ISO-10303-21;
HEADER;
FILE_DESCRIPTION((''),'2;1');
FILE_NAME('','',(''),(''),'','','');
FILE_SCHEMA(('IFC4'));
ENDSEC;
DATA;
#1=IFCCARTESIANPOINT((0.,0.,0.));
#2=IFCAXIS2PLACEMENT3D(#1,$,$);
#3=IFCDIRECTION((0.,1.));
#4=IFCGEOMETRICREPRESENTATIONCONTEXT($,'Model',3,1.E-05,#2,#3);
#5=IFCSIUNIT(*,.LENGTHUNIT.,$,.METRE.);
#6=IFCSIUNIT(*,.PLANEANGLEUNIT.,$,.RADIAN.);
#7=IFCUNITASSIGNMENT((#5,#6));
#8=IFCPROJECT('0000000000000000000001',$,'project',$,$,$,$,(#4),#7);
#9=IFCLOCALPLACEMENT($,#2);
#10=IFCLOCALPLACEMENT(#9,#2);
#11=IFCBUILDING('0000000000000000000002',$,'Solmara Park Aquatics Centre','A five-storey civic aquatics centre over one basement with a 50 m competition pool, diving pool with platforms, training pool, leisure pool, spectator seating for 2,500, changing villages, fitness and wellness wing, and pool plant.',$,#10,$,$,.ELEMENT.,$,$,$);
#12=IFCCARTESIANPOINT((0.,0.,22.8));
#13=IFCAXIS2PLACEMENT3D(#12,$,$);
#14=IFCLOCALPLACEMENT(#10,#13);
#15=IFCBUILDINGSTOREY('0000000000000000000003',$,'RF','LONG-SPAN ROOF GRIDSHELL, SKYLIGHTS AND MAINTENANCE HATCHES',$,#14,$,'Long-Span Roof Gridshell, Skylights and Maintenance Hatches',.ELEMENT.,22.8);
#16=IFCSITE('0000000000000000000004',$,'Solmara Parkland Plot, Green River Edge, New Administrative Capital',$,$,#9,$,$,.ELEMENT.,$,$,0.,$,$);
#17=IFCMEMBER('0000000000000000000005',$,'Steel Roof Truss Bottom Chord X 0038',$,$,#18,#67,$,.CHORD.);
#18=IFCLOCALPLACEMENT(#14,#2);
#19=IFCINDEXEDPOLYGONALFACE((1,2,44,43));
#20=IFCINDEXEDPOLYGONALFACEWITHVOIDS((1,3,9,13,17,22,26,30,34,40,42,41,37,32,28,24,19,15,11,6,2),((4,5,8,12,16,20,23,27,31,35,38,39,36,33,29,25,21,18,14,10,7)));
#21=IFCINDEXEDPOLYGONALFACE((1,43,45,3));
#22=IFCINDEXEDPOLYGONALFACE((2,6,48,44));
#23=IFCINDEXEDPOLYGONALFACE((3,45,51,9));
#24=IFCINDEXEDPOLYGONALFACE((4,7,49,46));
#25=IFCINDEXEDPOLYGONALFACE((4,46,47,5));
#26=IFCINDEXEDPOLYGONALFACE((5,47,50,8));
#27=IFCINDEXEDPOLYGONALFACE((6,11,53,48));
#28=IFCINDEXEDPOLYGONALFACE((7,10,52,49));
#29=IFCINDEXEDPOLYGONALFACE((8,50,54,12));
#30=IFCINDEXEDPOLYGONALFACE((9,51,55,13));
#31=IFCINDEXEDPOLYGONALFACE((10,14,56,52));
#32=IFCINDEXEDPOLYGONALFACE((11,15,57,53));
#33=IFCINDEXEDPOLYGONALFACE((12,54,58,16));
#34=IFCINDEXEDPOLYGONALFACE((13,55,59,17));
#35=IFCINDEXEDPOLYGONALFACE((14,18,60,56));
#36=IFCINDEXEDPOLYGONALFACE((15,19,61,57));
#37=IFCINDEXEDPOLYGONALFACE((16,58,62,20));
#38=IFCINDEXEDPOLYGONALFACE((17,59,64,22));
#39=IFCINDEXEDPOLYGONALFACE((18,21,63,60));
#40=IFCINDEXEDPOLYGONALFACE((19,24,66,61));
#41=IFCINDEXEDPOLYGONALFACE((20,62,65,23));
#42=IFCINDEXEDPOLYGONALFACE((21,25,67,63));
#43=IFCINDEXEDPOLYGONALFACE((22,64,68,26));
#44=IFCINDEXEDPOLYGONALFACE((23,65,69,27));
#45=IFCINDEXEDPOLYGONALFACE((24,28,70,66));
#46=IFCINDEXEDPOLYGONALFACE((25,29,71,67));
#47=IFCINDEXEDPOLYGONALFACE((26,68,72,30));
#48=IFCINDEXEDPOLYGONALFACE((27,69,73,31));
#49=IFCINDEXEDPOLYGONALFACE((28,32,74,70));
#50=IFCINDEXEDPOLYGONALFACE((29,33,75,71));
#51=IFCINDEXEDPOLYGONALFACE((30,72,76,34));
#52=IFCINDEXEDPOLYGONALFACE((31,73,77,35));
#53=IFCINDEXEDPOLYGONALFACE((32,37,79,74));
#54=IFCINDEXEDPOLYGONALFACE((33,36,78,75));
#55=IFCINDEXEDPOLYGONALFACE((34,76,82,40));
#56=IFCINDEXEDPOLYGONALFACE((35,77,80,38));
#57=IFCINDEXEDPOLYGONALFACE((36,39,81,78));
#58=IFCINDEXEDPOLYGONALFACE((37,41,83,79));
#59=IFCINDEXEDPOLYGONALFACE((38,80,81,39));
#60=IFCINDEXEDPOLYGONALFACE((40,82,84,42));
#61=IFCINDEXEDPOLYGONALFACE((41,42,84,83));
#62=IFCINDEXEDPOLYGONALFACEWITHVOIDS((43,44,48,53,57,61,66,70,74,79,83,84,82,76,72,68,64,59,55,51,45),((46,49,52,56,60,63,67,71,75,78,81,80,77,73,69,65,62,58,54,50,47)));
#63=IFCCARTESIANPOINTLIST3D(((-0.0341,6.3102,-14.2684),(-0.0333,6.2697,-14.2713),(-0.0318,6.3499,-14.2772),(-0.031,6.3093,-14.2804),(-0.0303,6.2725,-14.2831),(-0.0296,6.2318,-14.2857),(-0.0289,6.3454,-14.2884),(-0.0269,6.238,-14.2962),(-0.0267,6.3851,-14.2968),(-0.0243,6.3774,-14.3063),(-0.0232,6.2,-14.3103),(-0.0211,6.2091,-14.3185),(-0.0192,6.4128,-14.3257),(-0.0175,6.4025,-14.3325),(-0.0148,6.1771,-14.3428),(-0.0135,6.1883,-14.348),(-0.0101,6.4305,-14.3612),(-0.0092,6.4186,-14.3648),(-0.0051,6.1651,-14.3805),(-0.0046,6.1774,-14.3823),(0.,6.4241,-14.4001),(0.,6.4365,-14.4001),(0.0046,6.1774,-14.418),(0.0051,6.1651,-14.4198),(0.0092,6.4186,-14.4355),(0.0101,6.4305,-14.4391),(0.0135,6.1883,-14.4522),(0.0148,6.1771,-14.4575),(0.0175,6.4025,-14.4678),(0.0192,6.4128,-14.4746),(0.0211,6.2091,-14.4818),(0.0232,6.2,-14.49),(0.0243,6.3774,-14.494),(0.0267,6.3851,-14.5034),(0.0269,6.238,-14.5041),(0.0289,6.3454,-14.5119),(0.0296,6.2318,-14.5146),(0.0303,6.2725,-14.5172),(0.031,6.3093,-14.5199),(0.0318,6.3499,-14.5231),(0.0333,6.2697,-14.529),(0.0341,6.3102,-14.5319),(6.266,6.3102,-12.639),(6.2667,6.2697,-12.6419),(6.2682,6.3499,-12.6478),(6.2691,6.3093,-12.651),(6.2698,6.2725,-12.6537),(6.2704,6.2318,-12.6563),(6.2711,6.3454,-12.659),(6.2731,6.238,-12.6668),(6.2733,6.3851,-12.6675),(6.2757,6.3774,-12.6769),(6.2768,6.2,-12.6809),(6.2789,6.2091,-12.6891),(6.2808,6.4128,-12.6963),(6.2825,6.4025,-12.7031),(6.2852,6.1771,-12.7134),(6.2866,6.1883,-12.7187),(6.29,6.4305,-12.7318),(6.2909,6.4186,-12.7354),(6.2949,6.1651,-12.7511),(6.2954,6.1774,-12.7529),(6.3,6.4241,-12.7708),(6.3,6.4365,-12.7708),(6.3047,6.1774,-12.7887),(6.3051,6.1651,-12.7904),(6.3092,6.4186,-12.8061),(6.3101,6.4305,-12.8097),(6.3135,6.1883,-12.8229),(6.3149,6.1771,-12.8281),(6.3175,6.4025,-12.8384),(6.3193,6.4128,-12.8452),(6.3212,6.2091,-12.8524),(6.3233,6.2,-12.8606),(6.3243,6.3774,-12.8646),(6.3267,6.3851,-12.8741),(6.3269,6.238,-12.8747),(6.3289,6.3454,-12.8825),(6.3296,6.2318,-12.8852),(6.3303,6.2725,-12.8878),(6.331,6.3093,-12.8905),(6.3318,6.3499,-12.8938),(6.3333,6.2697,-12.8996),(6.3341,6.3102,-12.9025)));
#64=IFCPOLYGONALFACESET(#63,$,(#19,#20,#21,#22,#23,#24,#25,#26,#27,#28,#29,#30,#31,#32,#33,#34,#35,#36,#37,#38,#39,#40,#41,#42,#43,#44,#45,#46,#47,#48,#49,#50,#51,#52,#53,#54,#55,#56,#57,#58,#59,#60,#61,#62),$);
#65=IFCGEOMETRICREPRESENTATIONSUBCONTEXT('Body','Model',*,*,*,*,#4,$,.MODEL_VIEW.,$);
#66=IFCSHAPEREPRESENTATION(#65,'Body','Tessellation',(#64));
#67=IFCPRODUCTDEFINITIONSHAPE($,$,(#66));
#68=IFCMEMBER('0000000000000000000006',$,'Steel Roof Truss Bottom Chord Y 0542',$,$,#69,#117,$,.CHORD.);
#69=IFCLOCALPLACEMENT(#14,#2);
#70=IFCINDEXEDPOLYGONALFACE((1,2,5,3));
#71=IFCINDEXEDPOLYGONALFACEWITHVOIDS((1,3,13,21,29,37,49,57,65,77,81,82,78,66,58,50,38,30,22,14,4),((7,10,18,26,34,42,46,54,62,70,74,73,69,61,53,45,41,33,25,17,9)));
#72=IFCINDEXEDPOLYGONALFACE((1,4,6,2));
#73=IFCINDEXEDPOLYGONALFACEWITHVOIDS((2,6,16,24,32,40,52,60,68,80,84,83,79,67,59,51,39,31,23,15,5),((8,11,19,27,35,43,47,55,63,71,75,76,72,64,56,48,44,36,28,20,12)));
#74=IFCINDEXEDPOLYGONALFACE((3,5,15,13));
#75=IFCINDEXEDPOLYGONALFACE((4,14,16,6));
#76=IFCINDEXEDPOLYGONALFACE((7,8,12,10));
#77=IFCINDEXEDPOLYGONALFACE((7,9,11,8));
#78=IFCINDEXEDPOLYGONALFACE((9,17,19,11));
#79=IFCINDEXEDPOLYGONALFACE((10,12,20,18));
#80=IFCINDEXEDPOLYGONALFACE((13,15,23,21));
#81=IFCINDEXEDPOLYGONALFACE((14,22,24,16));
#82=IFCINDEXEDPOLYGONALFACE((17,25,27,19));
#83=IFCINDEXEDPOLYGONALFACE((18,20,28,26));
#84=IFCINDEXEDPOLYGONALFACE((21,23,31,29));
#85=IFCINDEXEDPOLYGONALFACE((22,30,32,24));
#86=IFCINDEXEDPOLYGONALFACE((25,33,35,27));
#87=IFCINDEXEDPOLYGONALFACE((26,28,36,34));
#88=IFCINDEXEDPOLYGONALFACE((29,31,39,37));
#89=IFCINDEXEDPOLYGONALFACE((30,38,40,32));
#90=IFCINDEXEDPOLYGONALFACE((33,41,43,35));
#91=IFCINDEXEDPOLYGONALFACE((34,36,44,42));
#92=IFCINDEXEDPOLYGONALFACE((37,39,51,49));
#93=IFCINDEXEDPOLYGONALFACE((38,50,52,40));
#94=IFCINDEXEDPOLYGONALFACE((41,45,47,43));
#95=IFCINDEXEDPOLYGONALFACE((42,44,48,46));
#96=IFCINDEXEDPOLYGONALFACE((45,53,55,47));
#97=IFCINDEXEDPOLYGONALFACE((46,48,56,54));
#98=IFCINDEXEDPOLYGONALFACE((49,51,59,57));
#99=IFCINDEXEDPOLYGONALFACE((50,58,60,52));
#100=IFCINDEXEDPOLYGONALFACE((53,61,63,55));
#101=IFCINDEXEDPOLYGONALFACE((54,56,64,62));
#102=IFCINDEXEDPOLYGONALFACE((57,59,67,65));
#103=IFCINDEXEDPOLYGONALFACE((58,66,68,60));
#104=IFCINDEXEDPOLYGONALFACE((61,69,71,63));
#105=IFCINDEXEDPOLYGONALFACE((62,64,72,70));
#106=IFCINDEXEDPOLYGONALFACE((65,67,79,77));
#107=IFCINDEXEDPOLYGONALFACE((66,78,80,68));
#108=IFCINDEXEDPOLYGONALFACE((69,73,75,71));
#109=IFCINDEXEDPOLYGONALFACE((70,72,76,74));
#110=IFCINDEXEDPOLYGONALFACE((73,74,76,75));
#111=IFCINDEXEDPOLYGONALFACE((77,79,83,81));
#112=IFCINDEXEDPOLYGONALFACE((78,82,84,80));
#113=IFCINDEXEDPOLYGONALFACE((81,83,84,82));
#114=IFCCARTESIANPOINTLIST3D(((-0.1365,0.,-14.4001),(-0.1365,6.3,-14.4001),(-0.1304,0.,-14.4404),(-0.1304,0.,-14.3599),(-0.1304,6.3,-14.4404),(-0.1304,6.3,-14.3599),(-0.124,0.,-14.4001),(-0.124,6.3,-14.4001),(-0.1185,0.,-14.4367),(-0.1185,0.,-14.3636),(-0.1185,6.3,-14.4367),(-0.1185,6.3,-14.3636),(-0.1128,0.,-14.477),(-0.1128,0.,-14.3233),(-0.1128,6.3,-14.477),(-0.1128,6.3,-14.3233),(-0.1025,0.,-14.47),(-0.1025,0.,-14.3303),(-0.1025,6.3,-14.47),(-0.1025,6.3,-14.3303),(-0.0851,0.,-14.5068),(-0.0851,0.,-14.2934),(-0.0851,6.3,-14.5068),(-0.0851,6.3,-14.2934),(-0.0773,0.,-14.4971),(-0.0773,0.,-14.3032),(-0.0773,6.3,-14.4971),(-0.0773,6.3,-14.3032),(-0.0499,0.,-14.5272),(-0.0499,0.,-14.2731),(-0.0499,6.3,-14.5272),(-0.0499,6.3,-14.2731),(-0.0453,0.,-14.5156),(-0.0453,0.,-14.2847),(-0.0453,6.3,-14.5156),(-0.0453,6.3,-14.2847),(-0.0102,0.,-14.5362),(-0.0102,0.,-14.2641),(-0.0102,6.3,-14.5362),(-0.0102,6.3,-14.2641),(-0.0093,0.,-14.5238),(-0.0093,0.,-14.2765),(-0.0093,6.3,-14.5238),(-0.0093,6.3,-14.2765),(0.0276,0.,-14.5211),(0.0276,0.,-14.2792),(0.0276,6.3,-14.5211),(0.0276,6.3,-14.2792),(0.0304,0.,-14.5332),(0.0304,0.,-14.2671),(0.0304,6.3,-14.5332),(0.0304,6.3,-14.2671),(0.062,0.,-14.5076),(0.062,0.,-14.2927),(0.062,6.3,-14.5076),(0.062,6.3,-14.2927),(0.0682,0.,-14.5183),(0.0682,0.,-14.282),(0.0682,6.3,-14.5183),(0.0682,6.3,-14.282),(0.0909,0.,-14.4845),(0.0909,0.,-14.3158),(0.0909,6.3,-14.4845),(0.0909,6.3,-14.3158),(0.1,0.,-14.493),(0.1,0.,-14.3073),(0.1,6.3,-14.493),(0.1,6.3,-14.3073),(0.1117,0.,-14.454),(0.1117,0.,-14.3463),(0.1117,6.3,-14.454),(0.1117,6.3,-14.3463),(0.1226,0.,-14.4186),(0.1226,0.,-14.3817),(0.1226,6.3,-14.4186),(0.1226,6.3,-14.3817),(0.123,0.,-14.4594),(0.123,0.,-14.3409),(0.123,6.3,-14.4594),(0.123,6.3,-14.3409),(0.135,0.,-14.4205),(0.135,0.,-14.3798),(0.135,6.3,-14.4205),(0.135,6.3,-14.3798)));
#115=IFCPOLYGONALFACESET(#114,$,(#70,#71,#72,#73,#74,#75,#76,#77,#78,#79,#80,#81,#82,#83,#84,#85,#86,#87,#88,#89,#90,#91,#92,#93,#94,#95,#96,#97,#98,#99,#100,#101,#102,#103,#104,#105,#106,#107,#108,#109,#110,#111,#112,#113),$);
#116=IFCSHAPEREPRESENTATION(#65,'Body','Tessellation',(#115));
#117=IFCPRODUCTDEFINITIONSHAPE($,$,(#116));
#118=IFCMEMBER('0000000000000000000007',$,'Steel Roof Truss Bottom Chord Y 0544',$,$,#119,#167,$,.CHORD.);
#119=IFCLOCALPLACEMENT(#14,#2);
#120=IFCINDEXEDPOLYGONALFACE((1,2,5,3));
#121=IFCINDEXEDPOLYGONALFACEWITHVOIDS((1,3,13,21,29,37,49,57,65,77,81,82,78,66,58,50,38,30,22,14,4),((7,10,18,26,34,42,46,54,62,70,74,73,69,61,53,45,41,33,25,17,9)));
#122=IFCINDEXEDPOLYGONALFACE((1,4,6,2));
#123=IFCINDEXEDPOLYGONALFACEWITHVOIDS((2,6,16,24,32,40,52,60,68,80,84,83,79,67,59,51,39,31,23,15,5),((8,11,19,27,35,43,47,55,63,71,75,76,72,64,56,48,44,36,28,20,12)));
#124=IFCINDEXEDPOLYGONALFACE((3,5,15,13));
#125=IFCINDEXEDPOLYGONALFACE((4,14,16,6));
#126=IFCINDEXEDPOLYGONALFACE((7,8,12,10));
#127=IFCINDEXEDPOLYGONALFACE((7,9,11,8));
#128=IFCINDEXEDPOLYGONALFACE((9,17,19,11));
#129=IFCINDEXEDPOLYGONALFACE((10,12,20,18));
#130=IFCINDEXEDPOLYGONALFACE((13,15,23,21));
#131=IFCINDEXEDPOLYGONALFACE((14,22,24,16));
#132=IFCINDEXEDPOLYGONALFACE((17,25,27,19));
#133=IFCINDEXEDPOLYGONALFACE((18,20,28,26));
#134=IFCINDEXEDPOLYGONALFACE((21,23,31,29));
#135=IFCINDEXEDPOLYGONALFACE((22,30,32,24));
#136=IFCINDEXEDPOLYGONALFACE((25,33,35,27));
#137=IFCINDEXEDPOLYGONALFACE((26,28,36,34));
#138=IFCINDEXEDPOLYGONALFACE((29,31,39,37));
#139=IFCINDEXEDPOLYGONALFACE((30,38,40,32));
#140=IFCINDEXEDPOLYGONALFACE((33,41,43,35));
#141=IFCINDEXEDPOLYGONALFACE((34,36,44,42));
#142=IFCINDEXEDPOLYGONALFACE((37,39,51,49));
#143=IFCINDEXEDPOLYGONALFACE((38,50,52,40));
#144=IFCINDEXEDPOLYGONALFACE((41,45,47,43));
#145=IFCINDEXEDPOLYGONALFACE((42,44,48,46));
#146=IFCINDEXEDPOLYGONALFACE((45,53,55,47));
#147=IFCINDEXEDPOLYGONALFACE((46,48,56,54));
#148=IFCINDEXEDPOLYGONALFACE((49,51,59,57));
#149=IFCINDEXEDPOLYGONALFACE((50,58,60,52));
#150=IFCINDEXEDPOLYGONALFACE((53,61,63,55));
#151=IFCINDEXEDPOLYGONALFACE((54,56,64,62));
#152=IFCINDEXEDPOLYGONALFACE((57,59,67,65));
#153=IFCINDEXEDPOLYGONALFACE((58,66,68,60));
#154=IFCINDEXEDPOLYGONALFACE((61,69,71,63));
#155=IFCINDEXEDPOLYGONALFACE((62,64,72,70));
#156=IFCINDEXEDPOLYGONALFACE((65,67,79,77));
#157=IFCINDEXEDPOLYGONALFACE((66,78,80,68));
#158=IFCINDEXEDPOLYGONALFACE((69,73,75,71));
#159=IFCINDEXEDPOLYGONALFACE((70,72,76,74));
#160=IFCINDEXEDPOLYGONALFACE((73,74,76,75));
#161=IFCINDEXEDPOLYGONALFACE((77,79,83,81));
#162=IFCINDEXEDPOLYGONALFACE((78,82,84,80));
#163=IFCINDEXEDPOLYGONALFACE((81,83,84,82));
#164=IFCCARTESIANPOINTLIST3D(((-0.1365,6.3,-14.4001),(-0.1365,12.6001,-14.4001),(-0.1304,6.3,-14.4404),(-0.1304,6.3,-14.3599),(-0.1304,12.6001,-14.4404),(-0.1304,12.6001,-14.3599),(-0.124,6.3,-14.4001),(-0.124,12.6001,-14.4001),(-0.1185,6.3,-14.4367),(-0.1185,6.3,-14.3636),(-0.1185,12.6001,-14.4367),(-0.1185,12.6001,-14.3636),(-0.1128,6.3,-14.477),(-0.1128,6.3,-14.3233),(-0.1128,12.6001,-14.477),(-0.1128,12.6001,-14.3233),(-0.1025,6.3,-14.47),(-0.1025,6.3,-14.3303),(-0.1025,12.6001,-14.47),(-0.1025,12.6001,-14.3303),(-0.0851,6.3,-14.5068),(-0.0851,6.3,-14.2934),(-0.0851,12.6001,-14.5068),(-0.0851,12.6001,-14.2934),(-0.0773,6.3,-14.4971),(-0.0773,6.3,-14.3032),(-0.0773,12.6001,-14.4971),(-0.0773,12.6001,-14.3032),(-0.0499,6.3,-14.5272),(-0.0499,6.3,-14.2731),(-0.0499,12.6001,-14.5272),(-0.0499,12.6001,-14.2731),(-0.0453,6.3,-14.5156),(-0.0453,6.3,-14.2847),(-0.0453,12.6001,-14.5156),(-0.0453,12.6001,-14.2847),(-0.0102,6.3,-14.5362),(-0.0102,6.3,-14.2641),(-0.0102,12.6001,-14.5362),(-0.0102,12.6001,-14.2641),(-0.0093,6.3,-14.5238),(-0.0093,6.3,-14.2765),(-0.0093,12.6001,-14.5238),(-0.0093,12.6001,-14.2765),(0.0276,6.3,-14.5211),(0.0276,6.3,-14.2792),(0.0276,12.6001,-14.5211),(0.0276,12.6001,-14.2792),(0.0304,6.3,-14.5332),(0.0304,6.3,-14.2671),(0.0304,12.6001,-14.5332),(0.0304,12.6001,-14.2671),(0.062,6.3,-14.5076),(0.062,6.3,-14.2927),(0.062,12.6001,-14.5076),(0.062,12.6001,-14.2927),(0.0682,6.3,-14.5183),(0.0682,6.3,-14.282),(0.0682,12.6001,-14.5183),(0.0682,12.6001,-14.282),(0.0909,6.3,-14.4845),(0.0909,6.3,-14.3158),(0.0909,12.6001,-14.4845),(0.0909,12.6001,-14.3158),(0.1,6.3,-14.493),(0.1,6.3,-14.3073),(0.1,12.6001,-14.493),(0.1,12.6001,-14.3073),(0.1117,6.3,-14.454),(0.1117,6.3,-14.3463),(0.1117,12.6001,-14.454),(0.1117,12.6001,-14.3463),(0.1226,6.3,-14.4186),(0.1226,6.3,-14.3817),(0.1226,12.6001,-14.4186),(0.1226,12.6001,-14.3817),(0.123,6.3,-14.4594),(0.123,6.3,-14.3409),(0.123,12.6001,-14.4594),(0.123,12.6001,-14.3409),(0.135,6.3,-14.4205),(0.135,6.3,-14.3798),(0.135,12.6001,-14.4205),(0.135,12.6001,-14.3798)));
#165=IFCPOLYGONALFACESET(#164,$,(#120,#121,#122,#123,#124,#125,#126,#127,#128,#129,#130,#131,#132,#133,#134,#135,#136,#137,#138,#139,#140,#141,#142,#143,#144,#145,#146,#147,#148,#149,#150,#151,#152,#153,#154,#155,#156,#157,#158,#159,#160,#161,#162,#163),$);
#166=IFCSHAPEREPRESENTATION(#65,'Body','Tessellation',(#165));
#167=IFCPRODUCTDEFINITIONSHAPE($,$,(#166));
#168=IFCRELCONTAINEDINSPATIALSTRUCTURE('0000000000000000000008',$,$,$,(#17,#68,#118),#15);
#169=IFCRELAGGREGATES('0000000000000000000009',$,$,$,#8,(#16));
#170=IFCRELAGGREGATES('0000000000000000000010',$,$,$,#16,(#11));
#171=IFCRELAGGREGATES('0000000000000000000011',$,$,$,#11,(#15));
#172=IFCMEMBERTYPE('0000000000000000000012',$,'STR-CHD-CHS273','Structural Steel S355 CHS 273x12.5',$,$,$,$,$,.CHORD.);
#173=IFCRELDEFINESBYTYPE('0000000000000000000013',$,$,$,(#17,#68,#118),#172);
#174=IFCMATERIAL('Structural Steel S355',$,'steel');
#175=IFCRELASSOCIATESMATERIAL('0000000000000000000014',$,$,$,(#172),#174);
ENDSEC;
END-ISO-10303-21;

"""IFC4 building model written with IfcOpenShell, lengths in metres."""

from ifc_helpers import new_model, si_unit, direction, frame, origin, origin_2d, place, context, subcontext, project, spatial, hollow_circle, extrude, material, material_profile, profile_set, type_object, element, save


model = new_model("IFC4")

# Units and contexts
model_context = context("Model", 3, precision=1e-05, world=origin(), true_north=direction((0.0, 1.0)))
body_context = subcontext(model_context, "Body", "Model", "MODEL_VIEW")
ifc_project = project(units=[si_unit("LENGTHUNIT", "METRE"), si_unit("PLANEANGLEUNIT", "RADIAN")], contexts=[model_context])

# Site, building, storey
site_placement = place(None, origin())
site = spatial("IfcSite", under=ifc_project, at=site_placement, Name="Solmara Parkland Plot, Green River Edge, New Administrative Capital", CompositionType="ELEMENT", RefElevation=0.0)
building_placement = place(site_placement, origin())
building = spatial("IfcBuilding", under=site, at=building_placement, Name="Solmara Park Aquatics Centre", Description="A five-storey civic aquatics centre over one basement with a 50 m competition pool, diving pool with platforms, training pool, leisure pool, spectator seating for 2,500, changing villages, fitness and wellness wing, and pool plant.", CompositionType="ELEMENT")
storey_placement = place(building_placement, frame((0.0, 0.0, 22.8)))
storey = spatial("IfcBuildingStorey", under=building, at=storey_placement, Name="RF", Description="LONG-SPAN ROOF GRIDSHELL, SKYLIGHTS AND MAINTENANCE HATCHES", LongName="Long-Span Roof Gridshell, Skylights and Maintenance Hatches", CompositionType="ELEMENT", Elevation=22.8)

# Members
ifc_material_1 = material(Name="Structural Steel S355", Category="steel")
ifc_material_profile_1 = material_profile(ifc_material_1, hollow_circle(Radius=0.1365, WallThickness=0.0125, at=origin_2d()), Name="CHS 273x12.5")
ifc_profile_set_1 = profile_set([ifc_material_profile_1], Name="Structural Steel S355")
member_type_1 = type_object("IfcMemberType", Name="STR-CHD-CHS273", Description="Structural Steel S355 CHS 273x12.5", PredefinedType="CHORD", material=ifc_profile_set_1)
member_1_placement = place(storey_placement, frame((0.0, 6.3, -14.4001), z_axis=(0.968144, 0.0, 0.250393), x_axis=(0.0, 1.0, 0.0)))
element("IfcMember", 1, at=member_1_placement, inside=storey, type_object=member_type_1, Name="Steel Roof Truss Bottom Chord X 0038", PredefinedType="CHORD", context=body_context, shape_type="SweptSolid", body=[
    extrude(hollow_circle(Radius=0.1365, WallThickness=0.0125, at=origin_2d()), origin(), (0.0, 0.0, 1.0), 6.5073),
])
for number, where, z_axis, x_axis, name in (
    (2, (0.0, 0.0, -14.4001), (0.0, 1.0, 0.0), (-1.0, 0.0, 0.0), "Steel Roof Truss Bottom Chord Y 0542"),
    (3, (0.0, 6.3, -14.4001), (0.0, 1.0, 0.0), (-1.0, 0.0, 0.0), "Steel Roof Truss Bottom Chord Y 0544"),
):
    element("IfcMember", number, at=place(storey_placement, frame(where, z_axis=z_axis, x_axis=x_axis)), inside=storey, type_object=member_type_1, Name=name, PredefinedType="CHORD", context=body_context, shape_type="SweptSolid", body=[
        extrude(hollow_circle(Radius=0.1365, WallThickness=0.0125, at=origin_2d()), origin(), (0.0, 0.0, 1.0), 6.3),
    ])

save(model, "model.ifc")
